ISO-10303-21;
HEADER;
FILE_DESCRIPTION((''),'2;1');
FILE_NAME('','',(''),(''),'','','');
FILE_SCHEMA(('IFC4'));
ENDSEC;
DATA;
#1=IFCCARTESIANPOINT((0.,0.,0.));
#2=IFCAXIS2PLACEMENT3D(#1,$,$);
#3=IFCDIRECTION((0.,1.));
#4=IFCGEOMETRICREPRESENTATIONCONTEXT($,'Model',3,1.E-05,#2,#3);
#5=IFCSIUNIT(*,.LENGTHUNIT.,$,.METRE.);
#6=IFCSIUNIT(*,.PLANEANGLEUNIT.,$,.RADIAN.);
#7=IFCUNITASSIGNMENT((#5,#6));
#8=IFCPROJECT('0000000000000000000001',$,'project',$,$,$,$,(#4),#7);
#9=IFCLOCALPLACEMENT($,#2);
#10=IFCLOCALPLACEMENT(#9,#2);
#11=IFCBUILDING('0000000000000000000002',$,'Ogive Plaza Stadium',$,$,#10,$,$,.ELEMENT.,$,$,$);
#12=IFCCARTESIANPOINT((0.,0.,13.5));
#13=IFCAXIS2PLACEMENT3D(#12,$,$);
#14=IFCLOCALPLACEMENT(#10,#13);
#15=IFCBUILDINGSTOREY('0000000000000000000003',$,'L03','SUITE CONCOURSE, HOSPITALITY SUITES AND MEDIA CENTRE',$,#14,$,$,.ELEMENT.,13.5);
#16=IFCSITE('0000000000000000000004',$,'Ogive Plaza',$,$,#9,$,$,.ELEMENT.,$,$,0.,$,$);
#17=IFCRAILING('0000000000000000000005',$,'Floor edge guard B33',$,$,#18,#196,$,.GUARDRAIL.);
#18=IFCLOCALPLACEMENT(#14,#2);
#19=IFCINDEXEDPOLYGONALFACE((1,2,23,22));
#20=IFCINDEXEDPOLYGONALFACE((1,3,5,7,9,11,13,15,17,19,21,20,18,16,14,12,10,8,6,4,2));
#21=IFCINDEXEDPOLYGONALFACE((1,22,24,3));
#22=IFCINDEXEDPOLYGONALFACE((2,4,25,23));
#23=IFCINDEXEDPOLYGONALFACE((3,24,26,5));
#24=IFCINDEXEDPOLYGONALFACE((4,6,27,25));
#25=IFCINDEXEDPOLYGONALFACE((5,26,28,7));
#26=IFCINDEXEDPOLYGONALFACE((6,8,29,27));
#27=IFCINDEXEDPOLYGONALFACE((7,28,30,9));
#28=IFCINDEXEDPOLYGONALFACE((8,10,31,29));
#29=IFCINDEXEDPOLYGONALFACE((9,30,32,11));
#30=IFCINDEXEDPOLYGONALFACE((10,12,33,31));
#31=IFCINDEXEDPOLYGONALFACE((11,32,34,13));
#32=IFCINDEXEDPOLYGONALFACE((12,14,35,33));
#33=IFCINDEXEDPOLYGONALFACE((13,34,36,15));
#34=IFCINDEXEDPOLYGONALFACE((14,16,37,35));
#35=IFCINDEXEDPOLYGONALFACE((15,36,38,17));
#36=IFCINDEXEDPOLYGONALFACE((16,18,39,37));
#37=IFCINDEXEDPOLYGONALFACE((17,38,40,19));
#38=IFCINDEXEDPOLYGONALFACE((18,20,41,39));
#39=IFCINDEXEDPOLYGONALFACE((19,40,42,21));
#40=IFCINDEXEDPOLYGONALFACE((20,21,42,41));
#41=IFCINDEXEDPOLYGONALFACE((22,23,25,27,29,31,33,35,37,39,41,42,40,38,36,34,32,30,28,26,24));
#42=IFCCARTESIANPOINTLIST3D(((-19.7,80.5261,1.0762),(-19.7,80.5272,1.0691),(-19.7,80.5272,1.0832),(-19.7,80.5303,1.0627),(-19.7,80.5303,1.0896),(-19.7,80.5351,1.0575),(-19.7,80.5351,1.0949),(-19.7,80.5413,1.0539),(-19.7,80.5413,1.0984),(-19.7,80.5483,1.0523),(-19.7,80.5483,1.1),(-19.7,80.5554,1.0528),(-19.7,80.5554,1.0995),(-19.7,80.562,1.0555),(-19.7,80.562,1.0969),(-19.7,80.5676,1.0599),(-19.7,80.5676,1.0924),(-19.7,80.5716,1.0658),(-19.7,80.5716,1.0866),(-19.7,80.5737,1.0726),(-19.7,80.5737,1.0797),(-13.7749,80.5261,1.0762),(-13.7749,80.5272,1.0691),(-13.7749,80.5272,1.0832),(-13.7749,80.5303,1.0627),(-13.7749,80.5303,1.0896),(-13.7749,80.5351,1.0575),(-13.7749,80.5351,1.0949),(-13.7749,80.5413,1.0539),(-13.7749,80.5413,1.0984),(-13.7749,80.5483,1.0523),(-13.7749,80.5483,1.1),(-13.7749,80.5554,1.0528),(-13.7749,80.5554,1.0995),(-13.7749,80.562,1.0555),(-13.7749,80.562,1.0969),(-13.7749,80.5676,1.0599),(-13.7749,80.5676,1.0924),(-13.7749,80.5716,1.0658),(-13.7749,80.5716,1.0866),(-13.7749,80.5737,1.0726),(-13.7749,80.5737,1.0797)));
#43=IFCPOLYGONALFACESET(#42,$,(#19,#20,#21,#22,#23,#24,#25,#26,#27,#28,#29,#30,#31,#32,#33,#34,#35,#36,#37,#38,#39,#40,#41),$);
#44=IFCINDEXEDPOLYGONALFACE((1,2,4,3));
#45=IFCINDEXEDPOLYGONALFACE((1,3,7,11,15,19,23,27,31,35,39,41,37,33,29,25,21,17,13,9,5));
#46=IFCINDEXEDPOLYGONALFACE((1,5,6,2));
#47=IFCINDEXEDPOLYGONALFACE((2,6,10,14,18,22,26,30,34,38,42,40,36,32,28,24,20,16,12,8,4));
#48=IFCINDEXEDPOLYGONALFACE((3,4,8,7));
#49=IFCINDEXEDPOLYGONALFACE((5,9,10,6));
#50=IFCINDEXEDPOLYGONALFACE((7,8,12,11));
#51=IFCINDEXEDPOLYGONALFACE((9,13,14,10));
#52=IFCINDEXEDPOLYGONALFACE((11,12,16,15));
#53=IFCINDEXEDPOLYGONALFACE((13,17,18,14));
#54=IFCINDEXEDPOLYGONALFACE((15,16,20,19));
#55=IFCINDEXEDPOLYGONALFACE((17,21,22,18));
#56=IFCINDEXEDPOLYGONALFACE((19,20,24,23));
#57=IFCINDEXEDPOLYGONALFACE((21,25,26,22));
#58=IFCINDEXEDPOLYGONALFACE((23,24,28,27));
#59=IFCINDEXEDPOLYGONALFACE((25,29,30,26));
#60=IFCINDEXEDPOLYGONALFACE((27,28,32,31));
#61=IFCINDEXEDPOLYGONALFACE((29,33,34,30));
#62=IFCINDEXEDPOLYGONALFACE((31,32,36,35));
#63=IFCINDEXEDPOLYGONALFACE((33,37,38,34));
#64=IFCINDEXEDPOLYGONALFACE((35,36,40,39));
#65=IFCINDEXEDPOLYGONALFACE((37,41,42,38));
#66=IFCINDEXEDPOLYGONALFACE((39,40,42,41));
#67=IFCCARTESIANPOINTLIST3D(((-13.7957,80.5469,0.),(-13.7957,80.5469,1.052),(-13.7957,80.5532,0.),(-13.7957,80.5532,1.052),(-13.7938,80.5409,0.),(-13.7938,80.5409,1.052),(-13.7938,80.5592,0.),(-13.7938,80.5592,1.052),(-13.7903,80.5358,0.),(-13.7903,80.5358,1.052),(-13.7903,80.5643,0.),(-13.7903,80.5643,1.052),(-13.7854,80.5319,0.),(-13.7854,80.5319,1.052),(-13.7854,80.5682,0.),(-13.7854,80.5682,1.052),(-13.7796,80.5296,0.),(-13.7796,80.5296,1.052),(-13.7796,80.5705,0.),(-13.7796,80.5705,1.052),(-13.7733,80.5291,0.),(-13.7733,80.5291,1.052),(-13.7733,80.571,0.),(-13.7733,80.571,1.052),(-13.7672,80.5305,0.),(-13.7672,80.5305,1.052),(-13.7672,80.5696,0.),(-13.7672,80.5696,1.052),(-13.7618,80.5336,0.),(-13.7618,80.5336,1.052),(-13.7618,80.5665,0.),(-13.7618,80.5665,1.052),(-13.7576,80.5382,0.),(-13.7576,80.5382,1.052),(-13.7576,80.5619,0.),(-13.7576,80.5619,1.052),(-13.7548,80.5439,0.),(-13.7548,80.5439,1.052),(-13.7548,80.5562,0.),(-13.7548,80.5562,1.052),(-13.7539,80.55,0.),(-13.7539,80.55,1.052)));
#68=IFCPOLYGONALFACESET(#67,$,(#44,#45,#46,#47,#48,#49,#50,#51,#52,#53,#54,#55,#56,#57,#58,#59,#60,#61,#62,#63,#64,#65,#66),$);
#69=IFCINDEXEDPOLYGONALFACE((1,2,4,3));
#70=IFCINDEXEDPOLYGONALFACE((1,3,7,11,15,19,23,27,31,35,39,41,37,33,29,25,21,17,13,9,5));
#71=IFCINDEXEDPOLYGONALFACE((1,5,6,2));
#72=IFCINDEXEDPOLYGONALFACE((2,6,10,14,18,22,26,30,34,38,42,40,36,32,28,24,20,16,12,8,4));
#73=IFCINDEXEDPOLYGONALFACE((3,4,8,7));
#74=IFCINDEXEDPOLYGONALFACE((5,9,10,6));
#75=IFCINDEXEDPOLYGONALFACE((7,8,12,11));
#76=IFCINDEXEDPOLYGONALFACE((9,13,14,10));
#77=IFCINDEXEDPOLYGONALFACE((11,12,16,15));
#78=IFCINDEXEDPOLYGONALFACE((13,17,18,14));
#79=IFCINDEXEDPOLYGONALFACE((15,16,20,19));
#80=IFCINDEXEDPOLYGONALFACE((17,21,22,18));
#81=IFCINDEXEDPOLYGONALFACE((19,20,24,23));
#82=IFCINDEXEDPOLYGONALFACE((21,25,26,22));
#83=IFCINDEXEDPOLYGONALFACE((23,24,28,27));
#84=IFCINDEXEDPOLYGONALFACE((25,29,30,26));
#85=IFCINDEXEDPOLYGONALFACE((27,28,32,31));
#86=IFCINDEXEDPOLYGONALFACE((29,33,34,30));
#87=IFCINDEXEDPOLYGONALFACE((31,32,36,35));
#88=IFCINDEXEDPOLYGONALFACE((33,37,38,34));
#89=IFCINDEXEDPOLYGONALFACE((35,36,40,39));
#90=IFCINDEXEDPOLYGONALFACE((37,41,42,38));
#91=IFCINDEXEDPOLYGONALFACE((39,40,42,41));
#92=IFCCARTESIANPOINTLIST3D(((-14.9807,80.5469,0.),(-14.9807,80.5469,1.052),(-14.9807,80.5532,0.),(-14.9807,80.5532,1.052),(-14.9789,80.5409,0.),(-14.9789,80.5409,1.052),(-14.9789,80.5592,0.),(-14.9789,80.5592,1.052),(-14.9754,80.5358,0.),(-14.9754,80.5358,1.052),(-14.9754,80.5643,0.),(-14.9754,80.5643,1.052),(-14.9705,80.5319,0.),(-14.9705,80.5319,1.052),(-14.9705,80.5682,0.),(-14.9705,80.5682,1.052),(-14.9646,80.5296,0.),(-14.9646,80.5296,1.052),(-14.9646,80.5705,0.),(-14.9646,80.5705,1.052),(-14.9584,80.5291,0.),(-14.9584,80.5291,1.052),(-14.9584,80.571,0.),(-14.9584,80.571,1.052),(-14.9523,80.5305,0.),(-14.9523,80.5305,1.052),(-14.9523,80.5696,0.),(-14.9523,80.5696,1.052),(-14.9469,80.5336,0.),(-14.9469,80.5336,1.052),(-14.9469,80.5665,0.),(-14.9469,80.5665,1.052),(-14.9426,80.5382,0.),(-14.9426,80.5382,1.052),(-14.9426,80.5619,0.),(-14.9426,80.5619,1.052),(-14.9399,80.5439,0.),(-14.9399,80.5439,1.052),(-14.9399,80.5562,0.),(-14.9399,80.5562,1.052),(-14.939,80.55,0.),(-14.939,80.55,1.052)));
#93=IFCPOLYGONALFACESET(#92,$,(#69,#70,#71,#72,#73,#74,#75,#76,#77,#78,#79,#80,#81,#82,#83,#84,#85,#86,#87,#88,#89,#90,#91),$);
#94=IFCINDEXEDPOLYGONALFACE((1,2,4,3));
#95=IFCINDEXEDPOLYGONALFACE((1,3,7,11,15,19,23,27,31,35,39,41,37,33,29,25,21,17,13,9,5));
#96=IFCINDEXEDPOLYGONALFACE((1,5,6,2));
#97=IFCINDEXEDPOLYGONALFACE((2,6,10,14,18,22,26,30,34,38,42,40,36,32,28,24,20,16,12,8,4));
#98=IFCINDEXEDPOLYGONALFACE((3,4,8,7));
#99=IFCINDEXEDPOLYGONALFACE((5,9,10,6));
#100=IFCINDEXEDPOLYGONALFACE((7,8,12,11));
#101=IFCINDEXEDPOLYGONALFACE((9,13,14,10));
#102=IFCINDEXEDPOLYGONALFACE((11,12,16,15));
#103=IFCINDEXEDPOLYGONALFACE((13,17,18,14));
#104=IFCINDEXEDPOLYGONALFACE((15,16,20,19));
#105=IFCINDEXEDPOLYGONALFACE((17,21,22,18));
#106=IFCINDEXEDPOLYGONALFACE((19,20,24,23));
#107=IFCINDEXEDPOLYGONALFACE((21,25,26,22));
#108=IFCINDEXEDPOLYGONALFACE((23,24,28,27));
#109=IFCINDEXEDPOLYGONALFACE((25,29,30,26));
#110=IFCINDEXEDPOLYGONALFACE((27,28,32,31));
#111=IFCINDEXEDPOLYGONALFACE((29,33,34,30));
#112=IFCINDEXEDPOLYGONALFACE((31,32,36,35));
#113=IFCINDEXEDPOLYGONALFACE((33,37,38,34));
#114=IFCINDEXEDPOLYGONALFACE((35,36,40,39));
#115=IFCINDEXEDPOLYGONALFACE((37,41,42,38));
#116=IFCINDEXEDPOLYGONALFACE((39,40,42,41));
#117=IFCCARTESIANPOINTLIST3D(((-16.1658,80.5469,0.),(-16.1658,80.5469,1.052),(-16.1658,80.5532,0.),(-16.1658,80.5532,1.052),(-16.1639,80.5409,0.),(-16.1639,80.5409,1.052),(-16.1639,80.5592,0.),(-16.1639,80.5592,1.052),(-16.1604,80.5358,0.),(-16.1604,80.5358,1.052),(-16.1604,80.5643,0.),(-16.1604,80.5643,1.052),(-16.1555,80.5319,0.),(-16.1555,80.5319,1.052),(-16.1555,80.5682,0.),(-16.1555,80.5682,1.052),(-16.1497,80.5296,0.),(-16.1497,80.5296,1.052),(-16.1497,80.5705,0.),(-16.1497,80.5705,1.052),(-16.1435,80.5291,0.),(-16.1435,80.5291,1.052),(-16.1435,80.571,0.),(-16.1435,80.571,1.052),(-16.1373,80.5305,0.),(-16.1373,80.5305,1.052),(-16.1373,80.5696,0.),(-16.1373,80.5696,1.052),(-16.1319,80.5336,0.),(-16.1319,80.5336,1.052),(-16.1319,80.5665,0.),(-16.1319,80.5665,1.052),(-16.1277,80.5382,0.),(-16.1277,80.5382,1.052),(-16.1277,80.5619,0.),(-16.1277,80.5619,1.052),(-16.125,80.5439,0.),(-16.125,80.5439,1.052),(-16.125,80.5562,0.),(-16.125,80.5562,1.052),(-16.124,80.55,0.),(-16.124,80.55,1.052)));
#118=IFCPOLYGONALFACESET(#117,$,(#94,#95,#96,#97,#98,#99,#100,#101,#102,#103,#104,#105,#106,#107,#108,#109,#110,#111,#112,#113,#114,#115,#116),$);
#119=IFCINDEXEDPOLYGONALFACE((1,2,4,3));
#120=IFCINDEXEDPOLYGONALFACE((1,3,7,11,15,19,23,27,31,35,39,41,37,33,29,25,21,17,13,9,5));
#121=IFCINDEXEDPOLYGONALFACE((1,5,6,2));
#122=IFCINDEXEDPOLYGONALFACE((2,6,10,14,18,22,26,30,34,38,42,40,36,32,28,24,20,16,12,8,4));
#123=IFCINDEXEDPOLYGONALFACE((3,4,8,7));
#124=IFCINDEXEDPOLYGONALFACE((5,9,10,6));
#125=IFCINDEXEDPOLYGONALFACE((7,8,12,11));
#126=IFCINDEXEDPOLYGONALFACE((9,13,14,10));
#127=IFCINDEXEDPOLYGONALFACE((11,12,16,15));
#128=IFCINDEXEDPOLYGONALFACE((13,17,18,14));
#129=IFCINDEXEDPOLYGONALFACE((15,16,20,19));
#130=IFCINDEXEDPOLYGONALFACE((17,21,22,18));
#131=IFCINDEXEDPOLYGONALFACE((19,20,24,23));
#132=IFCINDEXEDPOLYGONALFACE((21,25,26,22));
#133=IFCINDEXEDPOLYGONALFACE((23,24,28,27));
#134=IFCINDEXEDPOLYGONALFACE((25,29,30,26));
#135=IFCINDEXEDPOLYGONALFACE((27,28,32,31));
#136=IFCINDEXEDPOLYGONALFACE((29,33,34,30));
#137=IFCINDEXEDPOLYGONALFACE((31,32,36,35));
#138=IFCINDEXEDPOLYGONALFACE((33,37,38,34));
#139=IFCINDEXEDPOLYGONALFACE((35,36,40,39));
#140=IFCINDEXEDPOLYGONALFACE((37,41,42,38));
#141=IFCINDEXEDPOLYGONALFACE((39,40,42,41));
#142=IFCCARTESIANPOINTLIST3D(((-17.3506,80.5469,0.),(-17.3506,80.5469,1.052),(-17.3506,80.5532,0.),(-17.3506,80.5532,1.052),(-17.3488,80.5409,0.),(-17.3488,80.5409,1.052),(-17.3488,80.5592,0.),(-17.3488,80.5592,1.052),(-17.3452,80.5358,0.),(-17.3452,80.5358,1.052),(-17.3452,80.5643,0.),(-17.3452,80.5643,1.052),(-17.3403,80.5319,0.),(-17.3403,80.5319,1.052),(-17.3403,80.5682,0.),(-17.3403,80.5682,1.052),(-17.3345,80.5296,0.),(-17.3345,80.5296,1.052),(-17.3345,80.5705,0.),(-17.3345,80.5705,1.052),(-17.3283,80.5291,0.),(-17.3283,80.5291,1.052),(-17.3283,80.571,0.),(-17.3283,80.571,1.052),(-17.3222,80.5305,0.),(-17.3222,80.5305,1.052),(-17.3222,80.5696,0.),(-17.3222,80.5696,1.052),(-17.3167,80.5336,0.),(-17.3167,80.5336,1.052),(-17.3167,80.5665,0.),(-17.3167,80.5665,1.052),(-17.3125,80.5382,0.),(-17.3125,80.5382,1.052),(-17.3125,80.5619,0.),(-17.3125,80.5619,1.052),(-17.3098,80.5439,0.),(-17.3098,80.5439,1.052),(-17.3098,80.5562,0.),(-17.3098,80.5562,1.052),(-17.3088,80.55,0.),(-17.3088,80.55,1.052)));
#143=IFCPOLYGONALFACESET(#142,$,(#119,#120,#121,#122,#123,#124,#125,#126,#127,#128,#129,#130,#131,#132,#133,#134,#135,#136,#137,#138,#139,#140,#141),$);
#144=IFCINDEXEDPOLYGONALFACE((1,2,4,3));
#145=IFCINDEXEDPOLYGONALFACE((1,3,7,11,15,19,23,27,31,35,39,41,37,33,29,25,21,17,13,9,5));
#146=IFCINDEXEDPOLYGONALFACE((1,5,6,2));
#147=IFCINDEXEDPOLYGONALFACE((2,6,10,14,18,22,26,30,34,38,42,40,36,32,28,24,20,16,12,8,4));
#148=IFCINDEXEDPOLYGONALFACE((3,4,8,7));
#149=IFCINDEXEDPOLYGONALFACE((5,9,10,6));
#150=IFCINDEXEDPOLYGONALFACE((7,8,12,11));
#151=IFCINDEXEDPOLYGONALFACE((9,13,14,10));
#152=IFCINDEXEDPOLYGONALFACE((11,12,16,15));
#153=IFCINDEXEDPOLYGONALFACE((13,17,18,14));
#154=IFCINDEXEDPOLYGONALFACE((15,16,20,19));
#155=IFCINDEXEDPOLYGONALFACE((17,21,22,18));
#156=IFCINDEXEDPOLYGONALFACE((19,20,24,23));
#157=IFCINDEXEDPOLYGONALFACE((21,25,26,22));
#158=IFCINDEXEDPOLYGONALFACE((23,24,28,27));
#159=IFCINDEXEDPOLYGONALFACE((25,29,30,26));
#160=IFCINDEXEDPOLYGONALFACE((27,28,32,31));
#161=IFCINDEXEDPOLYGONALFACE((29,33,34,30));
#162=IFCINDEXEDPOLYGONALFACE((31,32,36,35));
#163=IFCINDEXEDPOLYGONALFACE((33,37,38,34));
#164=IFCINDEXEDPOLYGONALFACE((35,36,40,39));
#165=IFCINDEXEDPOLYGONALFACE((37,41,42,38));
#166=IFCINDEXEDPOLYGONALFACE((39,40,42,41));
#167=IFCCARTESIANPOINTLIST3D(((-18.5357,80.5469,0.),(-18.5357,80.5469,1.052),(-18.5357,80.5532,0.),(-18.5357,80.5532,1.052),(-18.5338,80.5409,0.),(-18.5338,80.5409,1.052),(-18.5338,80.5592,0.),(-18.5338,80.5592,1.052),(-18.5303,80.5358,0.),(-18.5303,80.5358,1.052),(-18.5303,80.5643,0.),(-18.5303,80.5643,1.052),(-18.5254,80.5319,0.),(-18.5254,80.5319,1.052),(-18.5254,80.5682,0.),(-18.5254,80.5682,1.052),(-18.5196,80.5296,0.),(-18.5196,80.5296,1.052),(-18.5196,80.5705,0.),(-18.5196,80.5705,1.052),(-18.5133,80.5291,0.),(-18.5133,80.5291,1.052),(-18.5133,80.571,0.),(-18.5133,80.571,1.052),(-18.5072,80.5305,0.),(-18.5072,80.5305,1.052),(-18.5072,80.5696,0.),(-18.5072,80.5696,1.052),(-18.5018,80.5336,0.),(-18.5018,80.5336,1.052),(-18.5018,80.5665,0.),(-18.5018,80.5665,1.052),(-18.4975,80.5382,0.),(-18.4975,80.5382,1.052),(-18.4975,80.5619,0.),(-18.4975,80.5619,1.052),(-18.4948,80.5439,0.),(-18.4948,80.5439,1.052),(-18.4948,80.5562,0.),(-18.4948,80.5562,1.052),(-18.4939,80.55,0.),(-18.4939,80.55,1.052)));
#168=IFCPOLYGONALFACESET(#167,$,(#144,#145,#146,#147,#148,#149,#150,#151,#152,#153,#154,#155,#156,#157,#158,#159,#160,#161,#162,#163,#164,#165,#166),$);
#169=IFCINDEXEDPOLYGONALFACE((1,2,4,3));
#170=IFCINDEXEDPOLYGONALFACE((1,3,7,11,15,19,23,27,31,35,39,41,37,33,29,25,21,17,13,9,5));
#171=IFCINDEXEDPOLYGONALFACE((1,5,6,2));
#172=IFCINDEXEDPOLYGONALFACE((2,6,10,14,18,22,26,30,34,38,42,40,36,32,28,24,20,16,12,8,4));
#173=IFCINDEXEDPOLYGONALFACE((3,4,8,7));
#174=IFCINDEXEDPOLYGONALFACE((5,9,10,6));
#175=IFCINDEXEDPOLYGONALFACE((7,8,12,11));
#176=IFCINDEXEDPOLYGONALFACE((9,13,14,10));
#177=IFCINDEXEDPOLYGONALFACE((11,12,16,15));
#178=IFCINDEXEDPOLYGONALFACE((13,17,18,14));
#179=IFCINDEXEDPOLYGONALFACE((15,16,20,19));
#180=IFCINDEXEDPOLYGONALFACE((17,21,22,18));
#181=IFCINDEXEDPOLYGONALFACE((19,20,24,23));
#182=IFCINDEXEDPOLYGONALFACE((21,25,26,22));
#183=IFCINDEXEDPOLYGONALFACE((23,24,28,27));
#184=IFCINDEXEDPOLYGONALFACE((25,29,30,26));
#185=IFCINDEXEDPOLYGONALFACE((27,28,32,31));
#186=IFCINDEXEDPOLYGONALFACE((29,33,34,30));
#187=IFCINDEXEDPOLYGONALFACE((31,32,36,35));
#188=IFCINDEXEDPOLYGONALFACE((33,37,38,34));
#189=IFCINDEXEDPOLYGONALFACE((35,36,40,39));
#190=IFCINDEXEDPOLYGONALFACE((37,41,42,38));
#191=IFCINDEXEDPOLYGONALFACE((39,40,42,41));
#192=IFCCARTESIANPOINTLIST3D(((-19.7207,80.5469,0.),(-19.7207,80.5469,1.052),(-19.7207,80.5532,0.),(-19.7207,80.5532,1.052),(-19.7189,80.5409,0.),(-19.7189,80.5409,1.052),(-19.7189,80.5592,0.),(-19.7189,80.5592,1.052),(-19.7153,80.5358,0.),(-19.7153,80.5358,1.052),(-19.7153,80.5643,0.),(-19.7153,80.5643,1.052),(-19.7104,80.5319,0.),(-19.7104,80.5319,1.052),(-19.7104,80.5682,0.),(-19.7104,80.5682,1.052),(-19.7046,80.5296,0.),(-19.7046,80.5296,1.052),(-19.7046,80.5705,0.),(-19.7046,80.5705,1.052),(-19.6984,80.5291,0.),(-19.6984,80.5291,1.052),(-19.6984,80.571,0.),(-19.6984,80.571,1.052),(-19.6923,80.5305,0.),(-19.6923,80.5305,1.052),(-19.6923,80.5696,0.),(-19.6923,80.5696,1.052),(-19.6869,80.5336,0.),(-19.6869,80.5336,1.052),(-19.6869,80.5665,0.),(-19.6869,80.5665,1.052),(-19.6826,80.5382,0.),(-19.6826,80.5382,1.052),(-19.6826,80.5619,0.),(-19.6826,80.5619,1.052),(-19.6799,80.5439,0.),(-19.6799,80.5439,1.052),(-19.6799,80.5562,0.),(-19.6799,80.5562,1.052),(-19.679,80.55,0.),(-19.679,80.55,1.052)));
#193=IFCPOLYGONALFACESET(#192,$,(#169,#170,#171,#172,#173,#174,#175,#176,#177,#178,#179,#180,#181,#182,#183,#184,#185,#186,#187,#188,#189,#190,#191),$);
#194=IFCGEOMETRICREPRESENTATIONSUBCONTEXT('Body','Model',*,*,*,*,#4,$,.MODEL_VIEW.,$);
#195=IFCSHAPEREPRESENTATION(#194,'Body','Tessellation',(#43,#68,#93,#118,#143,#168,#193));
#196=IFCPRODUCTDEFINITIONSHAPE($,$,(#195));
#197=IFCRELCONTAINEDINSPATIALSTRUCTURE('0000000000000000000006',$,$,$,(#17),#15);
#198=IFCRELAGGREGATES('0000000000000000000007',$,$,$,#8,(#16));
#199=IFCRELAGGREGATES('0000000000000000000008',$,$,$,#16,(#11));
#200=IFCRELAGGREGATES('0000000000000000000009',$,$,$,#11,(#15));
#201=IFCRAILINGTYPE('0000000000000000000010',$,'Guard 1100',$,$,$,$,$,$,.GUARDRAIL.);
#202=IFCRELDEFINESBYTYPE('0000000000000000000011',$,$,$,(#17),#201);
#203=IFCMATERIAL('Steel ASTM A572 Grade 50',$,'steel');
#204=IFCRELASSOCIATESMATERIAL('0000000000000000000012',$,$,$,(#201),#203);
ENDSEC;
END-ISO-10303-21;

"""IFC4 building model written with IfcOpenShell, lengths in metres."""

from ifc_helpers import new_model, si_unit, direction, frame, origin, origin_2d, place, context, subcontext, project, spatial, circle, extrude, material, type_object, element, save


model = new_model("IFC4")

# Units and contexts
model_context = context("Model", 3, precision=1e-05, world=origin(), true_north=direction((0.0, 1.0)))
body_context = subcontext(model_context, "Body", "Model", "MODEL_VIEW")
ifc_project = project(units=[si_unit("LENGTHUNIT", "METRE"), si_unit("PLANEANGLEUNIT", "RADIAN")], contexts=[model_context])

# Site, building, storey
site_placement = place(None, origin())
site = spatial("IfcSite", under=ifc_project, at=site_placement, Name="Ogive Plaza", CompositionType="ELEMENT", RefElevation=0.0)
building_placement = place(site_placement, origin())
building = spatial("IfcBuilding", under=site, at=building_placement, Name="Ogive Plaza Stadium", CompositionType="ELEMENT")
storey_placement = place(building_placement, frame((0.0, 0.0, 13.5)))
storey = spatial("IfcBuildingStorey", under=building, at=storey_placement, Name="L03", Description="SUITE CONCOURSE, HOSPITALITY SUITES AND MEDIA CENTRE", CompositionType="ELEMENT", Elevation=13.5)

# Railing
ifc_material_1 = material(Name="Steel ASTM A572 Grade 50", Category="steel")
railing_type = type_object("IfcRailingType", Name="Guard 1100", PredefinedType="GUARDRAIL", material=ifc_material_1)
railing_1_placement = place(storey_placement, frame((-13.7749, 80.55, 0.0)))
element("IfcRailing", 1, at=railing_1_placement, inside=storey, type_object=railing_type, Name="Floor edge guard B33", PredefinedType="GUARDRAIL", context=body_context, shape_type="SweptSolid", body=[
    extrude(circle(Radius=0.0239, at=origin_2d()), frame((0.0, 0.0, 1.0762), z_axis=(-1.0, 0.0, 0.0), x_axis=(0.0, -1.0, 0.0)), (0.0, 0.0, 1.0), 5.925),
    extrude(circle(Radius=0.021, at=origin_2d()), origin(), (0.0, 0.0, 1.0), 1.052),
    extrude(circle(Radius=0.021, at=origin_2d()), frame((-1.1851, 0.0, 0.0)), (0.0, 0.0, 1.0), 1.052),
    extrude(circle(Radius=0.021, at=origin_2d()), frame((-2.3701, 0.0, 0.0)), (0.0, 0.0, 1.0), 1.052),
    extrude(circle(Radius=0.021, at=origin_2d()), frame((-3.5549, 0.0, 0.0)), (0.0, 0.0, 1.0), 1.052),
    extrude(circle(Radius=0.021, at=origin_2d()), frame((-4.74, 0.0, 0.0)), (0.0, 0.0, 1.0), 1.052),
    extrude(circle(Radius=0.021, at=origin_2d()), frame((-5.925, 0.0, 0.0)), (0.0, 0.0, 1.0), 1.052),
])

save(model, "model.ifc")
